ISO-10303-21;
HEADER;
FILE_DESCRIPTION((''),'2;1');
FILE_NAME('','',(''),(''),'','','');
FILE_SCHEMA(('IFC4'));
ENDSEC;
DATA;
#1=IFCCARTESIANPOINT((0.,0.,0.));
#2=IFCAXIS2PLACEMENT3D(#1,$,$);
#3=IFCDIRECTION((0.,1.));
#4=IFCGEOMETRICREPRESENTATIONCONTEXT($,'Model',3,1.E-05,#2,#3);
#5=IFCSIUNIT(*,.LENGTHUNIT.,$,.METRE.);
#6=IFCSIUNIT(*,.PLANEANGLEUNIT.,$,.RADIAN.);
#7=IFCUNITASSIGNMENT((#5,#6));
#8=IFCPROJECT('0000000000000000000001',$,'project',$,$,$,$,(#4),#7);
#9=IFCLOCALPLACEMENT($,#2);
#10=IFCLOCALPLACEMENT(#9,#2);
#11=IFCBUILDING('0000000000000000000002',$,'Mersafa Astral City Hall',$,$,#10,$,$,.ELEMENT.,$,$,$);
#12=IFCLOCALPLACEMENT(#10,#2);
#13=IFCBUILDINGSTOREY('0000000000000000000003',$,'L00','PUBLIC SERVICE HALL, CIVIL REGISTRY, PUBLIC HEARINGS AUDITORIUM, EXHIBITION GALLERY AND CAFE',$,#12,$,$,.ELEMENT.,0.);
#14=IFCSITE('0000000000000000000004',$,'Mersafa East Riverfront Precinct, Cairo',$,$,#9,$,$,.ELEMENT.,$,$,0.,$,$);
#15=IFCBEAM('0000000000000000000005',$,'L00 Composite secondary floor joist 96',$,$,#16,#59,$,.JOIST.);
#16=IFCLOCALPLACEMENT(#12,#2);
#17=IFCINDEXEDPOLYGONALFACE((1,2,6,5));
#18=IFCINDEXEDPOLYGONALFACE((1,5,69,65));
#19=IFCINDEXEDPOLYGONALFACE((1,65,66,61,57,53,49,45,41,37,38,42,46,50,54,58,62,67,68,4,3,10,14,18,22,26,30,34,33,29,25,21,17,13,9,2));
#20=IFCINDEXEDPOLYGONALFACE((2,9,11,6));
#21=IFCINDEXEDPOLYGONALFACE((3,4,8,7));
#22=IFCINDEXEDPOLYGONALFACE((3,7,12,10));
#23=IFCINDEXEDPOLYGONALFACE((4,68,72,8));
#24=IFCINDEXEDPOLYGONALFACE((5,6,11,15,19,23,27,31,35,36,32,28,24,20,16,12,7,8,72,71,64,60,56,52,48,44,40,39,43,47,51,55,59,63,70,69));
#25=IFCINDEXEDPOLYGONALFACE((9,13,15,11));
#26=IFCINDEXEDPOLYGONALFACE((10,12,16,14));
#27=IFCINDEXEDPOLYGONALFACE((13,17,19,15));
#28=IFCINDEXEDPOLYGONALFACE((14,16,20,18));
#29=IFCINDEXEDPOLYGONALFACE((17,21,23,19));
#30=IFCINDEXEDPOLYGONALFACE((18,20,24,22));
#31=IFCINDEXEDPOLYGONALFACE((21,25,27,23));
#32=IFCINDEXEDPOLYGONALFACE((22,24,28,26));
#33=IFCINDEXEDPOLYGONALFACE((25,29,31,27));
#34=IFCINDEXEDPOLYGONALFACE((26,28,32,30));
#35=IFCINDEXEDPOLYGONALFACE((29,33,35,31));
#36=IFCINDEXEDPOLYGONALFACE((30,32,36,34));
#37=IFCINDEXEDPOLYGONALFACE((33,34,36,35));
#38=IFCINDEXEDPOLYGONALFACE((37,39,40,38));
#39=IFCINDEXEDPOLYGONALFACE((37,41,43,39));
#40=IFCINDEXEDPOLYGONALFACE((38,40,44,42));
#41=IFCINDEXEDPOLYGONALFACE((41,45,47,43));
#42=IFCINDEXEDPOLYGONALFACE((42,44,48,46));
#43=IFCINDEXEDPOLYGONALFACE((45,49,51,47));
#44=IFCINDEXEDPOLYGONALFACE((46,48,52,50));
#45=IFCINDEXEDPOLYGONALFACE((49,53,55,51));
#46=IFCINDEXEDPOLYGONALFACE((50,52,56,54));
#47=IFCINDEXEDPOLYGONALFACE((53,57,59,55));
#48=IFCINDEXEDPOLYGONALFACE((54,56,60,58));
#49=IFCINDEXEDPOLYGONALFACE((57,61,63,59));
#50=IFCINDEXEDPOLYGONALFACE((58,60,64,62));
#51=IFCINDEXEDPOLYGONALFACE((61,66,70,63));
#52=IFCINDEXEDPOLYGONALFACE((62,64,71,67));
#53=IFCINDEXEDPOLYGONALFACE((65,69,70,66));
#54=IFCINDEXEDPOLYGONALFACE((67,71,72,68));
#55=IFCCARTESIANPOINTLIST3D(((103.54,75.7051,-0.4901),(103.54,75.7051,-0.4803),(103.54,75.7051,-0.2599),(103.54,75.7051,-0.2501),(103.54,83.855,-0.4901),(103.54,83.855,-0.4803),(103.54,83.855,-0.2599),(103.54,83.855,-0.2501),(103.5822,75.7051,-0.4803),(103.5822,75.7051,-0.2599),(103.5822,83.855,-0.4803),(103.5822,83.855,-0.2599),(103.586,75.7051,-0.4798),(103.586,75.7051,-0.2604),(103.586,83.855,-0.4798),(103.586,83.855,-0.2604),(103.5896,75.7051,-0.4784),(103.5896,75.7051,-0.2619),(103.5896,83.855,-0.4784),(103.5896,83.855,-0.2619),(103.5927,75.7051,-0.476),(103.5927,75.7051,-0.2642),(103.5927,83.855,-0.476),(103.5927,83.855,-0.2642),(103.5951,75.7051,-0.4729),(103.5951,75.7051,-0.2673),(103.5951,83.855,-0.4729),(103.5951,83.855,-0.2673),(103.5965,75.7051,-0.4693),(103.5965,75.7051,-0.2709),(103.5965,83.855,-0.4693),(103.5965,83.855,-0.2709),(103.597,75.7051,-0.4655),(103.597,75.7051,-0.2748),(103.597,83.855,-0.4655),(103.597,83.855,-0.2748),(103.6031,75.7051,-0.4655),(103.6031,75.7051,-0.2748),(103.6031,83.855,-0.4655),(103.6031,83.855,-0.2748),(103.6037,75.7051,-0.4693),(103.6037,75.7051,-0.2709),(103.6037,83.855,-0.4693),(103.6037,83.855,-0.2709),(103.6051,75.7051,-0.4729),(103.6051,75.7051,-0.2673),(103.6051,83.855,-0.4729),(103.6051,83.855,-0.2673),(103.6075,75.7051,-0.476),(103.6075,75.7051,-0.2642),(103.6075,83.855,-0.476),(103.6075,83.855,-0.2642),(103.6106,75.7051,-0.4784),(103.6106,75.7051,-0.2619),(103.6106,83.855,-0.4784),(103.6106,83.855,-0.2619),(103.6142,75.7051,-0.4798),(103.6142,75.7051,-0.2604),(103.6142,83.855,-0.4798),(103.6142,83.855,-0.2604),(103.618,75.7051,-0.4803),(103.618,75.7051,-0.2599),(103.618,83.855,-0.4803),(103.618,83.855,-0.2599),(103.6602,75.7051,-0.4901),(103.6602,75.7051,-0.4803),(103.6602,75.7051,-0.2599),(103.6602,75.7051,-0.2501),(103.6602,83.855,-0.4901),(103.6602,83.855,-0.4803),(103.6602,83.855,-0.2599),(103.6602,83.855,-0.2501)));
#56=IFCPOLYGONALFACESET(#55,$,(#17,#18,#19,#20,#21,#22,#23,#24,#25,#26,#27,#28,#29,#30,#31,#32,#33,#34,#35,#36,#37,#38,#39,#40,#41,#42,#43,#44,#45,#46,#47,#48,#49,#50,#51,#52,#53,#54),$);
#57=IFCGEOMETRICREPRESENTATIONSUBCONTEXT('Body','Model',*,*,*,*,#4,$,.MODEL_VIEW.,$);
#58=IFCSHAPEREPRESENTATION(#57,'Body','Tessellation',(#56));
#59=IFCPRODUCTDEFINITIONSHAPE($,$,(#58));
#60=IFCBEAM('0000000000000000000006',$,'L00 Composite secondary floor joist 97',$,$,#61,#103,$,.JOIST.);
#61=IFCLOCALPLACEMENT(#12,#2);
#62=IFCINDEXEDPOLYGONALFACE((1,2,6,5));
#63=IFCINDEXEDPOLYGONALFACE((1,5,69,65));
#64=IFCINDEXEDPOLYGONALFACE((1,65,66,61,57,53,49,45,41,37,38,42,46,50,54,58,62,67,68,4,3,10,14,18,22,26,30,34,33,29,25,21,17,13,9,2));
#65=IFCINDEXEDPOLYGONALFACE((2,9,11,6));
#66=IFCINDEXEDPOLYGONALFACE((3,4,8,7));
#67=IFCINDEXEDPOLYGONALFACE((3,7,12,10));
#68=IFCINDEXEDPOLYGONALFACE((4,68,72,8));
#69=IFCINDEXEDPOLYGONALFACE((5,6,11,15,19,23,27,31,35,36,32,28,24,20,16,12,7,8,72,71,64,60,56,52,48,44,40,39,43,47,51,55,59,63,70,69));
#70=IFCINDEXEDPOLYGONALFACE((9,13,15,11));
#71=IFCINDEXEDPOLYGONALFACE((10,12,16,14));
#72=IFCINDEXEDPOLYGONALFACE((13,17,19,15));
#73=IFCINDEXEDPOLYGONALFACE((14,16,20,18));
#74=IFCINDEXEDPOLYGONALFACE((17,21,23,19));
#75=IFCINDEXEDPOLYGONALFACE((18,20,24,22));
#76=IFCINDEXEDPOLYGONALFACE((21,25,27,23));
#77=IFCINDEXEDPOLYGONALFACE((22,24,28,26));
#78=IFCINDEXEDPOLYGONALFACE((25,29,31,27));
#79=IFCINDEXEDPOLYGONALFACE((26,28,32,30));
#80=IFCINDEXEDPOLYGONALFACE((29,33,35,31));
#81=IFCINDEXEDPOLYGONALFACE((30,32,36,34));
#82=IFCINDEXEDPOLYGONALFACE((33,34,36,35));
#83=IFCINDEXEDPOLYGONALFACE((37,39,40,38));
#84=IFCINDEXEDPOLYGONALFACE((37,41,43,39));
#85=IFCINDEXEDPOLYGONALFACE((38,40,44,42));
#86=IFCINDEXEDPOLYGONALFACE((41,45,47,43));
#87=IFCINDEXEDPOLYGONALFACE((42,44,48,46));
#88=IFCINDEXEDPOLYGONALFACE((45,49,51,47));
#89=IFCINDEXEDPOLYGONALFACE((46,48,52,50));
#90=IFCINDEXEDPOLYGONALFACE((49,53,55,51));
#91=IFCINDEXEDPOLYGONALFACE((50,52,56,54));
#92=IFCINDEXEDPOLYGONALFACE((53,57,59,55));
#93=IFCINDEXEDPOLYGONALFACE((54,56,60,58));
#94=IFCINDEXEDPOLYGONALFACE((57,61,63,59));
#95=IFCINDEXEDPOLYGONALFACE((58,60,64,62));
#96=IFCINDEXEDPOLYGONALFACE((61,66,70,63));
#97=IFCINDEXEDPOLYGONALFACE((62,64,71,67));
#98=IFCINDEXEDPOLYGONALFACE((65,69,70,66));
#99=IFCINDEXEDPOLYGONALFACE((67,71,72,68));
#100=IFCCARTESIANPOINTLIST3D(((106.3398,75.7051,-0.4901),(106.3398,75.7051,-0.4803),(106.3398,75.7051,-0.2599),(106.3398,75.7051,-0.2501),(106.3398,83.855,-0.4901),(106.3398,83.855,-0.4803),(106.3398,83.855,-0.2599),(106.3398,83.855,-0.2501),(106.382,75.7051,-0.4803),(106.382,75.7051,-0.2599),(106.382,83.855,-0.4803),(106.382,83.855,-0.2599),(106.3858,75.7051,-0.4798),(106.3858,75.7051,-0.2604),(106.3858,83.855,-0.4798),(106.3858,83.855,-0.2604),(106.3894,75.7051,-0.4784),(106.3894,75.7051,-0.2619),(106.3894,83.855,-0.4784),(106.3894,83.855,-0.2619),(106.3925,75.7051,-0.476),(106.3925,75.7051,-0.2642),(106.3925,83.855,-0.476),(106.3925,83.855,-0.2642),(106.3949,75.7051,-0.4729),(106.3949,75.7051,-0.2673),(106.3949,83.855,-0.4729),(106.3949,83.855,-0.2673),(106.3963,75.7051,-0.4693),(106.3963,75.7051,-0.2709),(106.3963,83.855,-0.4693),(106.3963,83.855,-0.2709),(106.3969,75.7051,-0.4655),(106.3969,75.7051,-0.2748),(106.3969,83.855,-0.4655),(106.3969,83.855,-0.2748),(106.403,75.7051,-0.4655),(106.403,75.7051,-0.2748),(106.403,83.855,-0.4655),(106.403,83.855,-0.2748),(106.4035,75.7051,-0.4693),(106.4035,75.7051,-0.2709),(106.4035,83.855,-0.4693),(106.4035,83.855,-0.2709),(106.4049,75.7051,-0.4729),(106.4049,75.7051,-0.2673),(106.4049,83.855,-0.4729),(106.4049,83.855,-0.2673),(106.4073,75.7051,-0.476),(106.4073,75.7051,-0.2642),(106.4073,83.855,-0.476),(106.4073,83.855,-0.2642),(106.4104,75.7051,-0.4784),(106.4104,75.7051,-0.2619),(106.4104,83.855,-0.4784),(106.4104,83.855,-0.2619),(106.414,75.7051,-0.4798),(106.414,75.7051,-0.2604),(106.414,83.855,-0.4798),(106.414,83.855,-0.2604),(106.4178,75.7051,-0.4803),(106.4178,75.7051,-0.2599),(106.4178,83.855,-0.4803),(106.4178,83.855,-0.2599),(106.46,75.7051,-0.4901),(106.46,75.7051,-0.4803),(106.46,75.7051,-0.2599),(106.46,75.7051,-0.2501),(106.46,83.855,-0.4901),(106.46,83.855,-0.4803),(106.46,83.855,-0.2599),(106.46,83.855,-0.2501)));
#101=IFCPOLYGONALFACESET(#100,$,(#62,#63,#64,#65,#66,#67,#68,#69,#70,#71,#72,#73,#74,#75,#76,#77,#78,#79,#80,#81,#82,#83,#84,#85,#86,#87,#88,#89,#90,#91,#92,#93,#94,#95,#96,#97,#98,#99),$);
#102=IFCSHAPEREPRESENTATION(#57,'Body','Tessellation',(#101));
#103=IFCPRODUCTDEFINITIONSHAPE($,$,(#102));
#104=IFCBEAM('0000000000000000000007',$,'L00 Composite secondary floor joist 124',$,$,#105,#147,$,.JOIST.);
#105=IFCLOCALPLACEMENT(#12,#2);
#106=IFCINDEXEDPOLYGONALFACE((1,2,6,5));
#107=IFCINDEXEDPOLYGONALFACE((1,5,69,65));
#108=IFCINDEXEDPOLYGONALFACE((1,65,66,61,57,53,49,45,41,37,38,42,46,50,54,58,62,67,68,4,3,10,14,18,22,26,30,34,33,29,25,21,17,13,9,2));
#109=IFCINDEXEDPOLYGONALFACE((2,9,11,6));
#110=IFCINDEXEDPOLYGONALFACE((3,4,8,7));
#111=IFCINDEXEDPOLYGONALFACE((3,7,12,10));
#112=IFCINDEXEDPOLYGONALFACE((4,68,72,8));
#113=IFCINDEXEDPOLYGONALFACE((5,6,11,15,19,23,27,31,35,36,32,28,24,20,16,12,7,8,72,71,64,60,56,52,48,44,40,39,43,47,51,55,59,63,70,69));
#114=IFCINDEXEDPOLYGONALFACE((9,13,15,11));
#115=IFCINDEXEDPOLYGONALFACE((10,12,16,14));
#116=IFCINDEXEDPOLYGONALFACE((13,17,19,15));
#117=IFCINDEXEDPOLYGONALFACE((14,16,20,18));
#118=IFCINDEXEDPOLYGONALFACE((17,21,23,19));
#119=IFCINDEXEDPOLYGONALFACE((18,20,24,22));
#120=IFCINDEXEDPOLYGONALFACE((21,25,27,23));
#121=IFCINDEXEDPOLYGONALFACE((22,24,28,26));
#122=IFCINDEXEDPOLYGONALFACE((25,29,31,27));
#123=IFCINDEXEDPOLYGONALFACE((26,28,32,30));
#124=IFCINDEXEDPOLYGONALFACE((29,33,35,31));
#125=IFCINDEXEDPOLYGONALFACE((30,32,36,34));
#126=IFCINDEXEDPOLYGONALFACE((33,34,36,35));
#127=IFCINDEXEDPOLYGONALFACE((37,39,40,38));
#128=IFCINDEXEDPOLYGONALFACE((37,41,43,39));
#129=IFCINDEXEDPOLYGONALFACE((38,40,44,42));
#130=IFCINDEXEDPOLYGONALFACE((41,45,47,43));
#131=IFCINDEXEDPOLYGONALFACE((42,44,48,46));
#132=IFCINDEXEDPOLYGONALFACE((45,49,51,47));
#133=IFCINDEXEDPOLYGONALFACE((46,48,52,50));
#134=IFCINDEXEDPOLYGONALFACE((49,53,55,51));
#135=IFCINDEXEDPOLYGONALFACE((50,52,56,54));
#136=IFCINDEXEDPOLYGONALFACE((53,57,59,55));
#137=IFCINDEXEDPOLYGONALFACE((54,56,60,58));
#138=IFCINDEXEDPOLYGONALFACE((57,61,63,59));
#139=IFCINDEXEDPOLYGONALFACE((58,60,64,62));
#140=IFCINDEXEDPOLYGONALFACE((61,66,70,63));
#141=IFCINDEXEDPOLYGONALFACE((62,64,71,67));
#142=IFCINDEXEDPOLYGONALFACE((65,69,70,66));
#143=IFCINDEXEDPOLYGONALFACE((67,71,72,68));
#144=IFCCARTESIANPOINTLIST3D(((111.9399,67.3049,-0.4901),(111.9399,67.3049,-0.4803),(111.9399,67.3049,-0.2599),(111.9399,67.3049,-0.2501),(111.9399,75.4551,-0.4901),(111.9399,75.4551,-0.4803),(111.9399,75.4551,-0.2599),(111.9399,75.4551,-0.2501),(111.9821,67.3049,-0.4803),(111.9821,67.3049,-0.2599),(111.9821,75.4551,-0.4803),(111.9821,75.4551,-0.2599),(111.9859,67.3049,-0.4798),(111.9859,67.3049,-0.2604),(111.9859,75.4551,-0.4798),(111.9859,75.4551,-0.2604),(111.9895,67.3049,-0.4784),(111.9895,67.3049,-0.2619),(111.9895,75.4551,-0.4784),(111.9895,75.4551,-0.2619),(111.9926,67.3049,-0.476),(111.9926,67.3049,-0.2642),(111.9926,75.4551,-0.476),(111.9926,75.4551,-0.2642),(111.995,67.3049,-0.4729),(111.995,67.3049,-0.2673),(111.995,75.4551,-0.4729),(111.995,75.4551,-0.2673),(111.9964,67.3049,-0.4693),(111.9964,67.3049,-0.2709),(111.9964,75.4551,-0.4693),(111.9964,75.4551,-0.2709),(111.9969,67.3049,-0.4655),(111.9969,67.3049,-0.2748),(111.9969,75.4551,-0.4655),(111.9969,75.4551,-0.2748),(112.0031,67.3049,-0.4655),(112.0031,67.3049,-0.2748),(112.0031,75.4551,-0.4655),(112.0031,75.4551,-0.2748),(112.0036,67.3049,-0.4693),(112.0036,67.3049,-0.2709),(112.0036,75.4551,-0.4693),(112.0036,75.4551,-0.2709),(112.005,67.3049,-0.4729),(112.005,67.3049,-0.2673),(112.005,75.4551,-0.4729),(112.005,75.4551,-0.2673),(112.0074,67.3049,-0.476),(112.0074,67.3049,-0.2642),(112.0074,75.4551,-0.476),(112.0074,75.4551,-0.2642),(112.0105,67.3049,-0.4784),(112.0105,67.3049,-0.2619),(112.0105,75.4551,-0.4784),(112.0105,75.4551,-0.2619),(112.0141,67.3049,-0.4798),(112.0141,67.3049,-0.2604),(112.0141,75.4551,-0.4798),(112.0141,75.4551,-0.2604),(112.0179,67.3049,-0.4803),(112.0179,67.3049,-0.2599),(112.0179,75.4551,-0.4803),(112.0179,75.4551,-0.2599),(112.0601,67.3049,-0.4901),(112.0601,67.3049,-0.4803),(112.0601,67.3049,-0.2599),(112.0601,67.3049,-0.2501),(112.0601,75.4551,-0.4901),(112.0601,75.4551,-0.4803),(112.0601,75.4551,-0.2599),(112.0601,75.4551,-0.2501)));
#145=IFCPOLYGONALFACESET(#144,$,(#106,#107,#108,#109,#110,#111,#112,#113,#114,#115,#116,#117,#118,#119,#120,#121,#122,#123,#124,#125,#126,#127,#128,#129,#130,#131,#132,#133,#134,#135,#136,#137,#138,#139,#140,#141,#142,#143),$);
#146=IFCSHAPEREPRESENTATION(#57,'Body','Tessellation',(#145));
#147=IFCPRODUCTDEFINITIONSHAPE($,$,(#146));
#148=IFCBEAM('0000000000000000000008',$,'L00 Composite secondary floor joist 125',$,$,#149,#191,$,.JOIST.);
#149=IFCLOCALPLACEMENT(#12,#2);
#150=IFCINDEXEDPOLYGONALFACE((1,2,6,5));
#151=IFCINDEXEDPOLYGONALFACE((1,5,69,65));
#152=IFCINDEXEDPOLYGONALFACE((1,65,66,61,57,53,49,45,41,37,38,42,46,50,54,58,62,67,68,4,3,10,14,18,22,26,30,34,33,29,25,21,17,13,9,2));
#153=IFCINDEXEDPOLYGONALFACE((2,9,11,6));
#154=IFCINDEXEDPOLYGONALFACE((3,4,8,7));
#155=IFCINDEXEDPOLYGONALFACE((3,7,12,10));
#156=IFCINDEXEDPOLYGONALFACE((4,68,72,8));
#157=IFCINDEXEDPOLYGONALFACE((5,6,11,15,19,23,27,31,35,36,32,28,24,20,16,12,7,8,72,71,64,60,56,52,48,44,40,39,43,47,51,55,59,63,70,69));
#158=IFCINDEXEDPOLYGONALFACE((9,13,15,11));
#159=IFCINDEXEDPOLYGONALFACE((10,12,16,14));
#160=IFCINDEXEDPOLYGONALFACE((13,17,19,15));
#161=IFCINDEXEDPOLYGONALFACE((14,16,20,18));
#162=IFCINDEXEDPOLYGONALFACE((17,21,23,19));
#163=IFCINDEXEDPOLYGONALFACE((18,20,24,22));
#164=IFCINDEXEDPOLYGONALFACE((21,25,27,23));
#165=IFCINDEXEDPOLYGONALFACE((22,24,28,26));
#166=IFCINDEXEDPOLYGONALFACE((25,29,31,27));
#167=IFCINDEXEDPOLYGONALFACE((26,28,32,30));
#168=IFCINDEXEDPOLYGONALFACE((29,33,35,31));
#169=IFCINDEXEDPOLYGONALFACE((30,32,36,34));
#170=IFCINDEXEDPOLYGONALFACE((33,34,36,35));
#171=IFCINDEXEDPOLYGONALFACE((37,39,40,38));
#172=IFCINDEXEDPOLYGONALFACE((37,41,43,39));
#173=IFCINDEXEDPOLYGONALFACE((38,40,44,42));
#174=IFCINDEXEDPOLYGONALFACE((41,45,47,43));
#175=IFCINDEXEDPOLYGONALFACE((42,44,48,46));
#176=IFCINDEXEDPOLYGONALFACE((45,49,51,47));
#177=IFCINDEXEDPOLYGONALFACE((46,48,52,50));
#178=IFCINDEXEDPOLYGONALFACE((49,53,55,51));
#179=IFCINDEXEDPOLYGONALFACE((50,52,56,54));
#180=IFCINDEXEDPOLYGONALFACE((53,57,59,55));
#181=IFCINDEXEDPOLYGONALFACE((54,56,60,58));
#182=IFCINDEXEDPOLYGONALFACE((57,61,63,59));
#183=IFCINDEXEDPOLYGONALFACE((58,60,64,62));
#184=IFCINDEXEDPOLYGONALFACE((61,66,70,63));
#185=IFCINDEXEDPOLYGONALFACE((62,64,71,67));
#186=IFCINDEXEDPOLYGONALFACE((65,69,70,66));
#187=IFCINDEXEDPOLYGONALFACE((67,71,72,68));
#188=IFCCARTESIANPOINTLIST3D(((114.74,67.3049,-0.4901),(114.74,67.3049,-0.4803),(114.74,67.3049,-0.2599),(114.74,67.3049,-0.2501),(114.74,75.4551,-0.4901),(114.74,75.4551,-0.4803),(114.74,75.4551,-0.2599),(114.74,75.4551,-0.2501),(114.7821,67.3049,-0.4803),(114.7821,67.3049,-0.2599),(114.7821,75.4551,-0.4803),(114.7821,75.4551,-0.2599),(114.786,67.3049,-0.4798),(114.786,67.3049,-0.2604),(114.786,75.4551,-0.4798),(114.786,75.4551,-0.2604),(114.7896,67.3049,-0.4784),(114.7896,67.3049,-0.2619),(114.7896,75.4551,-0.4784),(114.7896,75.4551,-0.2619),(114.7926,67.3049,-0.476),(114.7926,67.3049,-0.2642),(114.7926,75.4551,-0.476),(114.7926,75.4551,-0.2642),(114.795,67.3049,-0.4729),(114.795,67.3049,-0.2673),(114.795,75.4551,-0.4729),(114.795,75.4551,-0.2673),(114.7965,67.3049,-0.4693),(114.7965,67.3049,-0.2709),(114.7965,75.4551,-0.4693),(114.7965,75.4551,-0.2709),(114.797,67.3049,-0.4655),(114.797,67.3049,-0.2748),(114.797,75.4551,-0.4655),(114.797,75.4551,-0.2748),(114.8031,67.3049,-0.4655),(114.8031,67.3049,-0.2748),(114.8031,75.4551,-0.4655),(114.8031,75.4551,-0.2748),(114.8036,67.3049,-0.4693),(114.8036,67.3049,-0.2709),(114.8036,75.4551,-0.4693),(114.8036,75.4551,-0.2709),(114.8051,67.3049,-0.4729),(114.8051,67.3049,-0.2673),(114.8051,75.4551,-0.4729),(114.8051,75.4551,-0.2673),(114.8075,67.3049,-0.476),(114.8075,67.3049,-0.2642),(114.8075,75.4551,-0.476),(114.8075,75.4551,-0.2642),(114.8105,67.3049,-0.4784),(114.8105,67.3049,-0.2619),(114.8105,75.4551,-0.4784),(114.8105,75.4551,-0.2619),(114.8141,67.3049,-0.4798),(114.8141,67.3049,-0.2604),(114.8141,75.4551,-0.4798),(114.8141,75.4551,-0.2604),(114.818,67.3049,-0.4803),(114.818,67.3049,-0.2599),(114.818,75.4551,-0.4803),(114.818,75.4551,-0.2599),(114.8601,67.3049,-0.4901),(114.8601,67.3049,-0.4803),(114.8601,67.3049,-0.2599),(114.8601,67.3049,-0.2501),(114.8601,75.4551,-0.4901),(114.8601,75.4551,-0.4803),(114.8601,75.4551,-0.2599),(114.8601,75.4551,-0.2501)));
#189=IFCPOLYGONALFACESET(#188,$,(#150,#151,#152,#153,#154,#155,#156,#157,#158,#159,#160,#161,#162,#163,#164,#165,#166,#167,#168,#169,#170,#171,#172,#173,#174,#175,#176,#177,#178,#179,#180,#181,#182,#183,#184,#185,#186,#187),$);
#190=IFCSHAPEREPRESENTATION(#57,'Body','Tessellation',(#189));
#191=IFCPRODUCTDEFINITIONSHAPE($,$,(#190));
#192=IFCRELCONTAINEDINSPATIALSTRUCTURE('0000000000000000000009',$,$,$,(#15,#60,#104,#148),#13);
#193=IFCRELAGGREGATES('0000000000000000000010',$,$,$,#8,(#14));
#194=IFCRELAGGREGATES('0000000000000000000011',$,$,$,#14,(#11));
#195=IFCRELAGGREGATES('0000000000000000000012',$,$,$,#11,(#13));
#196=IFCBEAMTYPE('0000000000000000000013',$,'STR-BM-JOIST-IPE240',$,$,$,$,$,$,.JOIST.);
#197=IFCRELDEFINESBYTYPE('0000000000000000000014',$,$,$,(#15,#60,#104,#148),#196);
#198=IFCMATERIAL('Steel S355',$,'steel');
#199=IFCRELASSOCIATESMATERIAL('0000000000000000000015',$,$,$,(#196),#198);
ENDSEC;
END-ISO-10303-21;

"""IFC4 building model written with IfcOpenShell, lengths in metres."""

from ifc_helpers import new_model, si_unit, direction, frame, origin, origin_2d, place, context, subcontext, project, spatial, i_section, extrude, material, material_profile, profile_set, type_object, element, save


model = new_model("IFC4")

# Units and contexts
model_context = context("Model", 3, precision=1e-05, world=origin(), true_north=direction((0.0, 1.0)))
body_context = subcontext(model_context, "Body", "Model", "MODEL_VIEW")
ifc_project = project(units=[si_unit("LENGTHUNIT", "METRE"), si_unit("PLANEANGLEUNIT", "RADIAN")], contexts=[model_context])

# Site, building, storey
site_placement = place(None, origin())
site = spatial("IfcSite", under=ifc_project, at=site_placement, Name="Mersafa East Riverfront Precinct, Cairo", CompositionType="ELEMENT", RefElevation=0.0)
building_placement = place(site_placement, origin())
building = spatial("IfcBuilding", under=site, at=building_placement, Name="Mersafa Astral City Hall", CompositionType="ELEMENT")
storey_placement = place(building_placement, origin())
storey = spatial("IfcBuildingStorey", under=building, at=storey_placement, Name="L00", Description="PUBLIC SERVICE HALL, CIVIL REGISTRY, PUBLIC HEARINGS AUDITORIUM, EXHIBITION GALLERY AND CAFE", CompositionType="ELEMENT", Elevation=0.0)

# Beams
ifc_material_1 = material(Name="Steel S355", Category="steel")
ifc_material_profile_1 = material_profile(ifc_material_1, i_section(OverallWidth=0.1201, OverallDepth=0.24, WebThickness=0.0061, FlangeThickness=0.0098, FilletRadius=0.0149, at=origin_2d()), Name="IPE 240")
ifc_profile_set_1 = profile_set([ifc_material_profile_1], Name="Steel S355")
beam_type_1 = type_object("IfcBeamType", Name="STR-BM-JOIST-IPE240", PredefinedType="JOIST", material=ifc_profile_set_1)
for number, where, z_axis, x_axis, name in (
    (1, (103.6001, 75.7051, -0.3701), (0.0, 1.0, 0.0), (-1.0, 0.0, 0.0), "L00 Composite secondary floor joist 96"),
    (2, (106.3999, 75.7051, -0.3701), (0.0, 1.0, 0.0), (-1.0, 0.0, 0.0), "L00 Composite secondary floor joist 97"),
):
    element("IfcBeam", number, at=place(storey_placement, frame(where, z_axis=z_axis, x_axis=x_axis)), inside=storey, type_object=beam_type_1, Name=name, PredefinedType="JOIST", context=body_context, shape_type="SweptSolid", body=[
        extrude(i_section(OverallWidth=0.1201, OverallDepth=0.24, WebThickness=0.0061, FlangeThickness=0.0098, FilletRadius=0.0149, at=origin_2d()), origin(), (0.0, 0.0, 1.0), 8.1499),
    ])
for number, where, z_axis, x_axis, name in (
    (3, (112.0, 67.3049, -0.3701), (0.0, 1.0, 0.0), (-1.0, 0.0, 0.0), "L00 Composite secondary floor joist 124"),
    (4, (114.8, 67.3049, -0.3701), (0.0, 1.0, 0.0), (-1.0, 0.0, 0.0), "L00 Composite secondary floor joist 125"),
):
    element("IfcBeam", number, at=place(storey_placement, frame(where, z_axis=z_axis, x_axis=x_axis)), inside=storey, type_object=beam_type_1, Name=name, PredefinedType="JOIST", context=body_context, shape_type="SweptSolid", body=[
        extrude(i_section(OverallWidth=0.1201, OverallDepth=0.24, WebThickness=0.0061, FlangeThickness=0.0098, FilletRadius=0.0149, at=origin_2d()), origin(), (0.0, 0.0, 1.0), 8.1501),
    ])

save(model, "model.ifc")
